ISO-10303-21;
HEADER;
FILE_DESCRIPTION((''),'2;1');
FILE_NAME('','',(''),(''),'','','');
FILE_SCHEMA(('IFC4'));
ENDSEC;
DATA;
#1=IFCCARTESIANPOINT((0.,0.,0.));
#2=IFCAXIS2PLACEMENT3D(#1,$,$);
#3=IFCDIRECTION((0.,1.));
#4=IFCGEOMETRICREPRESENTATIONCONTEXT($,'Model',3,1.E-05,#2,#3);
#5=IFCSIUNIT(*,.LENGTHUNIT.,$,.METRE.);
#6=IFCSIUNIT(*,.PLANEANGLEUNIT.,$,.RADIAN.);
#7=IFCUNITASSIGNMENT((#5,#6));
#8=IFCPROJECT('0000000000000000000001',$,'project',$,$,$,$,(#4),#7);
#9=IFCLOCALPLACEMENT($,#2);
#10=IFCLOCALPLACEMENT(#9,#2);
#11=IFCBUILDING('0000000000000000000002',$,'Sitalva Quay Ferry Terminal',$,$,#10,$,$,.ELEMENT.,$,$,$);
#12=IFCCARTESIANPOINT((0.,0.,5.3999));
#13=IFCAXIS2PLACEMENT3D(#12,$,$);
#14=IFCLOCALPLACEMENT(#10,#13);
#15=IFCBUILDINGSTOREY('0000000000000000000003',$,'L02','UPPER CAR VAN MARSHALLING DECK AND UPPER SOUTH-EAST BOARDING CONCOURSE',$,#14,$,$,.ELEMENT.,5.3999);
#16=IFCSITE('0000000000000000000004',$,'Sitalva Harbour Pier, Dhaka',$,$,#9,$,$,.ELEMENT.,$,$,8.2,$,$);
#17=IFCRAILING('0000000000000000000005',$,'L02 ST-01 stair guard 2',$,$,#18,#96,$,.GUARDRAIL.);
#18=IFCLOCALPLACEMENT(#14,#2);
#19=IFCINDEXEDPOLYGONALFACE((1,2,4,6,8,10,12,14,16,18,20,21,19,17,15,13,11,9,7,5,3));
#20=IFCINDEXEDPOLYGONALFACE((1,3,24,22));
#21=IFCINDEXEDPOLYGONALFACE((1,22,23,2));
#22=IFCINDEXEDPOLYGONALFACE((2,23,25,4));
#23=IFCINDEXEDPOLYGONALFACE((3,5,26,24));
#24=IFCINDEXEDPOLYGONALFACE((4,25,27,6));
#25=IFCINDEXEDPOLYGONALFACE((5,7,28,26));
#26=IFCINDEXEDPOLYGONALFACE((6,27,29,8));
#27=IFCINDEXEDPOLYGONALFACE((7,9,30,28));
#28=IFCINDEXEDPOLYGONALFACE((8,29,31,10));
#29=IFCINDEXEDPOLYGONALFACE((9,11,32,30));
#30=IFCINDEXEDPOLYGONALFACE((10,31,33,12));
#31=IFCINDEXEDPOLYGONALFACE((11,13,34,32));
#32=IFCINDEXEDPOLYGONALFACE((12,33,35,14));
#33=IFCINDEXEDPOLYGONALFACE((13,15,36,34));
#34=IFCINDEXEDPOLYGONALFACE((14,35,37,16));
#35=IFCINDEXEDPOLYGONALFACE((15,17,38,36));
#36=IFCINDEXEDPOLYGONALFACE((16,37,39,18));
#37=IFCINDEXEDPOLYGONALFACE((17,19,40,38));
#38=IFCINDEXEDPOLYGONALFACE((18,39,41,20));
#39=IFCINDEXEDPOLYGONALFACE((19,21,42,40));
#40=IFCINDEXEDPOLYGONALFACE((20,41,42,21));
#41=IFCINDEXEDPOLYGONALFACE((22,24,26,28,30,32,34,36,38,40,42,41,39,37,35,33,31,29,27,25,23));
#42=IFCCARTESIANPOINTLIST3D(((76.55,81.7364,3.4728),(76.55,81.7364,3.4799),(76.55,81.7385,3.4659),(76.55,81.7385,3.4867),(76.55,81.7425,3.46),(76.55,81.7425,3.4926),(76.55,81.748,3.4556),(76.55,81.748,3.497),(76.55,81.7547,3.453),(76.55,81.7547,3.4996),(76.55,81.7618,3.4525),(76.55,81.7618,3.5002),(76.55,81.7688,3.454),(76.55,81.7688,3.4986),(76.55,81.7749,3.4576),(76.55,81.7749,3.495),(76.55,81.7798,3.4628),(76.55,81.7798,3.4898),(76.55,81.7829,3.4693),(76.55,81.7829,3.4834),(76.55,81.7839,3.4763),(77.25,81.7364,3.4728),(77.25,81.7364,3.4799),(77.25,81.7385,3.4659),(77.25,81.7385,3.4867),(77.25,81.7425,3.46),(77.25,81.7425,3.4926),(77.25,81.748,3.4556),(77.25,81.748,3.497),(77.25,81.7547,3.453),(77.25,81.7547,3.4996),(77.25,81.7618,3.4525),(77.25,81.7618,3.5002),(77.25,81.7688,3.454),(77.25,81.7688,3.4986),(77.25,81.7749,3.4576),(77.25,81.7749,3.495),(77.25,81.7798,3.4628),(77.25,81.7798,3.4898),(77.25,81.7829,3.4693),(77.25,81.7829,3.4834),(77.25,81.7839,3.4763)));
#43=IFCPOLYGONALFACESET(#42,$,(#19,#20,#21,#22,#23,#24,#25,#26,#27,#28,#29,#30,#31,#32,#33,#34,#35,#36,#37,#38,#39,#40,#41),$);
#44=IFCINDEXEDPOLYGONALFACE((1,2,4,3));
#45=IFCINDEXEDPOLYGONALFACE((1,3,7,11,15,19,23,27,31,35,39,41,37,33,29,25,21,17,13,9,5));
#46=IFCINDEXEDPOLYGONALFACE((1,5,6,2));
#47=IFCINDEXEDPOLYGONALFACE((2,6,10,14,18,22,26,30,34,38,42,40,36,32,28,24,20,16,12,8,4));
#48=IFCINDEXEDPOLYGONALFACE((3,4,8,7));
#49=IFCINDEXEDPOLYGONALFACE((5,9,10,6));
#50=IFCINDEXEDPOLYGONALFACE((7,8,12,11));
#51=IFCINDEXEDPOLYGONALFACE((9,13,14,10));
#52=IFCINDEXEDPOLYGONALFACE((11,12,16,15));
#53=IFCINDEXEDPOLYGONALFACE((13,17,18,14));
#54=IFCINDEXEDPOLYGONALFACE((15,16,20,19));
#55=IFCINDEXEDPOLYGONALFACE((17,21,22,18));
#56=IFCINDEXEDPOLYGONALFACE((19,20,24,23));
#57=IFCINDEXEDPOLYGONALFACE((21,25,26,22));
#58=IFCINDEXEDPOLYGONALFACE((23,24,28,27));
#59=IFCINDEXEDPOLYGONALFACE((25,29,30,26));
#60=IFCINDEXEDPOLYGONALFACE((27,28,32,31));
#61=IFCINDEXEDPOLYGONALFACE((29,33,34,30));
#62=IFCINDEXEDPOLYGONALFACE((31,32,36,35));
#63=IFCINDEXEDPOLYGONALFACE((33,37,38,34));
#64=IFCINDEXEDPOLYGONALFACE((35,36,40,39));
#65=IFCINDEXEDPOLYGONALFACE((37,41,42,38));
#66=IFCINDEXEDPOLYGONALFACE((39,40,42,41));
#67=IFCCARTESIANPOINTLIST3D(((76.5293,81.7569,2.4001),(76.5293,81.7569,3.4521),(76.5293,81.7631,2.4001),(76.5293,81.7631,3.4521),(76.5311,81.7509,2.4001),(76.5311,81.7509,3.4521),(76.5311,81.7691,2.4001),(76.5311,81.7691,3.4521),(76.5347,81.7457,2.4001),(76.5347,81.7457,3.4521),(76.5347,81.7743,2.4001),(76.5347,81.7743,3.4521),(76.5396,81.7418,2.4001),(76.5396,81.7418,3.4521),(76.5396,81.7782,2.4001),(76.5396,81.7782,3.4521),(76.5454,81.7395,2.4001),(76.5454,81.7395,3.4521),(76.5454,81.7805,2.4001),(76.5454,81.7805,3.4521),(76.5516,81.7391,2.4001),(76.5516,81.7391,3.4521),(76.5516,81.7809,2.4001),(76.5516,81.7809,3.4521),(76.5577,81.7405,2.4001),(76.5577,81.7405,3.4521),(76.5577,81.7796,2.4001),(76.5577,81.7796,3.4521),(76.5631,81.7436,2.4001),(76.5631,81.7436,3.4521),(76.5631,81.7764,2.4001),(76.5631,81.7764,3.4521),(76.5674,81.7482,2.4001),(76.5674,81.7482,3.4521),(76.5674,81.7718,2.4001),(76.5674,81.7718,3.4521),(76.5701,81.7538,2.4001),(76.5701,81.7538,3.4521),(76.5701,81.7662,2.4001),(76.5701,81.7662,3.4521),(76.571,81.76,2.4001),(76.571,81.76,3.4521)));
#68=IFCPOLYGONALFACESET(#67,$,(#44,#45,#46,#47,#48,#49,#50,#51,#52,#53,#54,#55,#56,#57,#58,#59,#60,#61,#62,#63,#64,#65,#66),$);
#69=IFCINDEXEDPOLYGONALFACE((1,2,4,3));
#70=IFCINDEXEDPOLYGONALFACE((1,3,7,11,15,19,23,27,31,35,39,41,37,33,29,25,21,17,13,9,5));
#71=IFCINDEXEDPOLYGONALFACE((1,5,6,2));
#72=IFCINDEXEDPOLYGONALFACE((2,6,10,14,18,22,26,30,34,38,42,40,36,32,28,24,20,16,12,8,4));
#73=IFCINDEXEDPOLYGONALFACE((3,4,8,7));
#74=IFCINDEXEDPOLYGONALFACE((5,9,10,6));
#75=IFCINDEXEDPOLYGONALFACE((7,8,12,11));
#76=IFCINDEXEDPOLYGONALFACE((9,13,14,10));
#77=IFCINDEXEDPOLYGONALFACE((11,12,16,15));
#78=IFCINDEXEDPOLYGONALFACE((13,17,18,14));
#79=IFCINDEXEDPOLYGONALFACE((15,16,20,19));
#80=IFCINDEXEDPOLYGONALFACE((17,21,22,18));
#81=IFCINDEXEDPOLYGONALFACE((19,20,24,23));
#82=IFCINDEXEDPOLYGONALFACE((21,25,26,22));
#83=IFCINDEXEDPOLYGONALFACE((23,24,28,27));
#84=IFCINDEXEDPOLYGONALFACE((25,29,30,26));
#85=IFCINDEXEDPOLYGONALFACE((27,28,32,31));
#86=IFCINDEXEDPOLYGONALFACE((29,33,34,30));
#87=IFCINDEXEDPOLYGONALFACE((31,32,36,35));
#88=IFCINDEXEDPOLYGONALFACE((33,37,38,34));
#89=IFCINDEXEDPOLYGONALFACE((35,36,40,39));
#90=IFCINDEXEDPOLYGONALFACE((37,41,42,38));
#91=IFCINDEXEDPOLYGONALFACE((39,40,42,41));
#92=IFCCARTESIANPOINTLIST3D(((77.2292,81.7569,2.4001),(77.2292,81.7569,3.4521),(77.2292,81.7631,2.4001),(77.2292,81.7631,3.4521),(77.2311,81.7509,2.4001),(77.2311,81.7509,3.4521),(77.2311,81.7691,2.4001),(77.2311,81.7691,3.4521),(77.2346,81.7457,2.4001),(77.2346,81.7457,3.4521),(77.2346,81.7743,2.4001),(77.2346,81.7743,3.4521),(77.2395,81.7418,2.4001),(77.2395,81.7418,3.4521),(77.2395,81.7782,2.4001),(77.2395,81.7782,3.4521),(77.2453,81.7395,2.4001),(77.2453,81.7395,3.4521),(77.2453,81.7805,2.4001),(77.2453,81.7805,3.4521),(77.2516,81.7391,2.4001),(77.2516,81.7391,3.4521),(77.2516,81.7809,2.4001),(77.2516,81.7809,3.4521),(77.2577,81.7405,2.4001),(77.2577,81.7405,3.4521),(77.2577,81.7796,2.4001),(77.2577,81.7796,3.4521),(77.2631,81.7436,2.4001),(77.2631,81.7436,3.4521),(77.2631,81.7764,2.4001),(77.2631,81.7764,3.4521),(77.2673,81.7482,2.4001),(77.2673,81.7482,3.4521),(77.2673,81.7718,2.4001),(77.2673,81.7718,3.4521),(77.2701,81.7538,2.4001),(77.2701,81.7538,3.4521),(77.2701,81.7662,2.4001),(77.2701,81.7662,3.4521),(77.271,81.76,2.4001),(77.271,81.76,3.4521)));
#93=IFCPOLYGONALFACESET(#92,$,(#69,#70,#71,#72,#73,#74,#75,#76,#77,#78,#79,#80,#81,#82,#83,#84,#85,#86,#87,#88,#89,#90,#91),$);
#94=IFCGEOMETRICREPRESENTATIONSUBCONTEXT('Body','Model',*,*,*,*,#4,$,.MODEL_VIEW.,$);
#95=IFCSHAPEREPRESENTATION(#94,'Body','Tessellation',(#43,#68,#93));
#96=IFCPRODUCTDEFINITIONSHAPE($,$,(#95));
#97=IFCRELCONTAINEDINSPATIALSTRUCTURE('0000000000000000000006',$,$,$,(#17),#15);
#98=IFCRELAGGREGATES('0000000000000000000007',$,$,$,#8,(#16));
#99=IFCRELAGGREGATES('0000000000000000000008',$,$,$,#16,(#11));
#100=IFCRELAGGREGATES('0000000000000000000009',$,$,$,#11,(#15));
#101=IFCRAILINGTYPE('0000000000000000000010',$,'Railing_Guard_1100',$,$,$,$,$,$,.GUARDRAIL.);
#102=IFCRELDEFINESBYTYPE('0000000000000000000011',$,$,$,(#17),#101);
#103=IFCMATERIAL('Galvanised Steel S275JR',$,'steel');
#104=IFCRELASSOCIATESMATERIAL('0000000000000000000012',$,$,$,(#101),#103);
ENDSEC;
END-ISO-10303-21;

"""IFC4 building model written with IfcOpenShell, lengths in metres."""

from ifc_helpers import new_model, si_unit, direction, frame, origin, origin_2d, place, context, subcontext, project, spatial, circle, extrude, material, type_object, element, save


model = new_model("IFC4")

# Units and contexts
model_context = context("Model", 3, precision=1e-05, world=origin(), true_north=direction((0.0, 1.0)))
body_context = subcontext(model_context, "Body", "Model", "MODEL_VIEW")
ifc_project = project(units=[si_unit("LENGTHUNIT", "METRE"), si_unit("PLANEANGLEUNIT", "RADIAN")], contexts=[model_context])

# Site, building, storey
site_placement = place(None, origin())
site = spatial("IfcSite", under=ifc_project, at=site_placement, Name="Sitalva Harbour Pier, Dhaka", CompositionType="ELEMENT", RefElevation=8.2)
building_placement = place(site_placement, origin())
building = spatial("IfcBuilding", under=site, at=building_placement, Name="Sitalva Quay Ferry Terminal", CompositionType="ELEMENT")
storey_placement = place(building_placement, frame((0.0, 0.0, 5.3999)))
storey = spatial("IfcBuildingStorey", under=building, at=storey_placement, Name="L02", Description="UPPER CAR VAN MARSHALLING DECK AND UPPER SOUTH-EAST BOARDING CONCOURSE", CompositionType="ELEMENT", Elevation=5.3999)

# Railing
ifc_material_1 = material(Name="Galvanised Steel S275JR", Category="steel")
railing_type_1 = type_object("IfcRailingType", Name="Railing_Guard_1100", PredefinedType="GUARDRAIL", material=ifc_material_1)
railing_1_placement = place(storey_placement, frame((76.55, 81.76, 2.4001)))
element("IfcRailing", 1, at=railing_1_placement, inside=storey, type_object=railing_type_1, Name="L02 ST-01 stair guard 2", PredefinedType="GUARDRAIL", context=body_context, shape_type="SweptSolid", body=[
    extrude(circle(Radius=0.0239, at=origin_2d()), frame((0.0, 0.0, 1.0762), z_axis=(1.0, 0.0, 0.0), x_axis=(0.0, 1.0, 0.0)), (0.0, 0.0, 1.0), 0.7),
    extrude(circle(Radius=0.021, at=origin_2d()), origin(), (0.0, 0.0, 1.0), 1.052),
    extrude(circle(Radius=0.021, at=origin_2d()), frame((0.7, 0.0, 0.0)), (0.0, 0.0, 1.0), 1.052),
])

save(model, "model.ifc")
